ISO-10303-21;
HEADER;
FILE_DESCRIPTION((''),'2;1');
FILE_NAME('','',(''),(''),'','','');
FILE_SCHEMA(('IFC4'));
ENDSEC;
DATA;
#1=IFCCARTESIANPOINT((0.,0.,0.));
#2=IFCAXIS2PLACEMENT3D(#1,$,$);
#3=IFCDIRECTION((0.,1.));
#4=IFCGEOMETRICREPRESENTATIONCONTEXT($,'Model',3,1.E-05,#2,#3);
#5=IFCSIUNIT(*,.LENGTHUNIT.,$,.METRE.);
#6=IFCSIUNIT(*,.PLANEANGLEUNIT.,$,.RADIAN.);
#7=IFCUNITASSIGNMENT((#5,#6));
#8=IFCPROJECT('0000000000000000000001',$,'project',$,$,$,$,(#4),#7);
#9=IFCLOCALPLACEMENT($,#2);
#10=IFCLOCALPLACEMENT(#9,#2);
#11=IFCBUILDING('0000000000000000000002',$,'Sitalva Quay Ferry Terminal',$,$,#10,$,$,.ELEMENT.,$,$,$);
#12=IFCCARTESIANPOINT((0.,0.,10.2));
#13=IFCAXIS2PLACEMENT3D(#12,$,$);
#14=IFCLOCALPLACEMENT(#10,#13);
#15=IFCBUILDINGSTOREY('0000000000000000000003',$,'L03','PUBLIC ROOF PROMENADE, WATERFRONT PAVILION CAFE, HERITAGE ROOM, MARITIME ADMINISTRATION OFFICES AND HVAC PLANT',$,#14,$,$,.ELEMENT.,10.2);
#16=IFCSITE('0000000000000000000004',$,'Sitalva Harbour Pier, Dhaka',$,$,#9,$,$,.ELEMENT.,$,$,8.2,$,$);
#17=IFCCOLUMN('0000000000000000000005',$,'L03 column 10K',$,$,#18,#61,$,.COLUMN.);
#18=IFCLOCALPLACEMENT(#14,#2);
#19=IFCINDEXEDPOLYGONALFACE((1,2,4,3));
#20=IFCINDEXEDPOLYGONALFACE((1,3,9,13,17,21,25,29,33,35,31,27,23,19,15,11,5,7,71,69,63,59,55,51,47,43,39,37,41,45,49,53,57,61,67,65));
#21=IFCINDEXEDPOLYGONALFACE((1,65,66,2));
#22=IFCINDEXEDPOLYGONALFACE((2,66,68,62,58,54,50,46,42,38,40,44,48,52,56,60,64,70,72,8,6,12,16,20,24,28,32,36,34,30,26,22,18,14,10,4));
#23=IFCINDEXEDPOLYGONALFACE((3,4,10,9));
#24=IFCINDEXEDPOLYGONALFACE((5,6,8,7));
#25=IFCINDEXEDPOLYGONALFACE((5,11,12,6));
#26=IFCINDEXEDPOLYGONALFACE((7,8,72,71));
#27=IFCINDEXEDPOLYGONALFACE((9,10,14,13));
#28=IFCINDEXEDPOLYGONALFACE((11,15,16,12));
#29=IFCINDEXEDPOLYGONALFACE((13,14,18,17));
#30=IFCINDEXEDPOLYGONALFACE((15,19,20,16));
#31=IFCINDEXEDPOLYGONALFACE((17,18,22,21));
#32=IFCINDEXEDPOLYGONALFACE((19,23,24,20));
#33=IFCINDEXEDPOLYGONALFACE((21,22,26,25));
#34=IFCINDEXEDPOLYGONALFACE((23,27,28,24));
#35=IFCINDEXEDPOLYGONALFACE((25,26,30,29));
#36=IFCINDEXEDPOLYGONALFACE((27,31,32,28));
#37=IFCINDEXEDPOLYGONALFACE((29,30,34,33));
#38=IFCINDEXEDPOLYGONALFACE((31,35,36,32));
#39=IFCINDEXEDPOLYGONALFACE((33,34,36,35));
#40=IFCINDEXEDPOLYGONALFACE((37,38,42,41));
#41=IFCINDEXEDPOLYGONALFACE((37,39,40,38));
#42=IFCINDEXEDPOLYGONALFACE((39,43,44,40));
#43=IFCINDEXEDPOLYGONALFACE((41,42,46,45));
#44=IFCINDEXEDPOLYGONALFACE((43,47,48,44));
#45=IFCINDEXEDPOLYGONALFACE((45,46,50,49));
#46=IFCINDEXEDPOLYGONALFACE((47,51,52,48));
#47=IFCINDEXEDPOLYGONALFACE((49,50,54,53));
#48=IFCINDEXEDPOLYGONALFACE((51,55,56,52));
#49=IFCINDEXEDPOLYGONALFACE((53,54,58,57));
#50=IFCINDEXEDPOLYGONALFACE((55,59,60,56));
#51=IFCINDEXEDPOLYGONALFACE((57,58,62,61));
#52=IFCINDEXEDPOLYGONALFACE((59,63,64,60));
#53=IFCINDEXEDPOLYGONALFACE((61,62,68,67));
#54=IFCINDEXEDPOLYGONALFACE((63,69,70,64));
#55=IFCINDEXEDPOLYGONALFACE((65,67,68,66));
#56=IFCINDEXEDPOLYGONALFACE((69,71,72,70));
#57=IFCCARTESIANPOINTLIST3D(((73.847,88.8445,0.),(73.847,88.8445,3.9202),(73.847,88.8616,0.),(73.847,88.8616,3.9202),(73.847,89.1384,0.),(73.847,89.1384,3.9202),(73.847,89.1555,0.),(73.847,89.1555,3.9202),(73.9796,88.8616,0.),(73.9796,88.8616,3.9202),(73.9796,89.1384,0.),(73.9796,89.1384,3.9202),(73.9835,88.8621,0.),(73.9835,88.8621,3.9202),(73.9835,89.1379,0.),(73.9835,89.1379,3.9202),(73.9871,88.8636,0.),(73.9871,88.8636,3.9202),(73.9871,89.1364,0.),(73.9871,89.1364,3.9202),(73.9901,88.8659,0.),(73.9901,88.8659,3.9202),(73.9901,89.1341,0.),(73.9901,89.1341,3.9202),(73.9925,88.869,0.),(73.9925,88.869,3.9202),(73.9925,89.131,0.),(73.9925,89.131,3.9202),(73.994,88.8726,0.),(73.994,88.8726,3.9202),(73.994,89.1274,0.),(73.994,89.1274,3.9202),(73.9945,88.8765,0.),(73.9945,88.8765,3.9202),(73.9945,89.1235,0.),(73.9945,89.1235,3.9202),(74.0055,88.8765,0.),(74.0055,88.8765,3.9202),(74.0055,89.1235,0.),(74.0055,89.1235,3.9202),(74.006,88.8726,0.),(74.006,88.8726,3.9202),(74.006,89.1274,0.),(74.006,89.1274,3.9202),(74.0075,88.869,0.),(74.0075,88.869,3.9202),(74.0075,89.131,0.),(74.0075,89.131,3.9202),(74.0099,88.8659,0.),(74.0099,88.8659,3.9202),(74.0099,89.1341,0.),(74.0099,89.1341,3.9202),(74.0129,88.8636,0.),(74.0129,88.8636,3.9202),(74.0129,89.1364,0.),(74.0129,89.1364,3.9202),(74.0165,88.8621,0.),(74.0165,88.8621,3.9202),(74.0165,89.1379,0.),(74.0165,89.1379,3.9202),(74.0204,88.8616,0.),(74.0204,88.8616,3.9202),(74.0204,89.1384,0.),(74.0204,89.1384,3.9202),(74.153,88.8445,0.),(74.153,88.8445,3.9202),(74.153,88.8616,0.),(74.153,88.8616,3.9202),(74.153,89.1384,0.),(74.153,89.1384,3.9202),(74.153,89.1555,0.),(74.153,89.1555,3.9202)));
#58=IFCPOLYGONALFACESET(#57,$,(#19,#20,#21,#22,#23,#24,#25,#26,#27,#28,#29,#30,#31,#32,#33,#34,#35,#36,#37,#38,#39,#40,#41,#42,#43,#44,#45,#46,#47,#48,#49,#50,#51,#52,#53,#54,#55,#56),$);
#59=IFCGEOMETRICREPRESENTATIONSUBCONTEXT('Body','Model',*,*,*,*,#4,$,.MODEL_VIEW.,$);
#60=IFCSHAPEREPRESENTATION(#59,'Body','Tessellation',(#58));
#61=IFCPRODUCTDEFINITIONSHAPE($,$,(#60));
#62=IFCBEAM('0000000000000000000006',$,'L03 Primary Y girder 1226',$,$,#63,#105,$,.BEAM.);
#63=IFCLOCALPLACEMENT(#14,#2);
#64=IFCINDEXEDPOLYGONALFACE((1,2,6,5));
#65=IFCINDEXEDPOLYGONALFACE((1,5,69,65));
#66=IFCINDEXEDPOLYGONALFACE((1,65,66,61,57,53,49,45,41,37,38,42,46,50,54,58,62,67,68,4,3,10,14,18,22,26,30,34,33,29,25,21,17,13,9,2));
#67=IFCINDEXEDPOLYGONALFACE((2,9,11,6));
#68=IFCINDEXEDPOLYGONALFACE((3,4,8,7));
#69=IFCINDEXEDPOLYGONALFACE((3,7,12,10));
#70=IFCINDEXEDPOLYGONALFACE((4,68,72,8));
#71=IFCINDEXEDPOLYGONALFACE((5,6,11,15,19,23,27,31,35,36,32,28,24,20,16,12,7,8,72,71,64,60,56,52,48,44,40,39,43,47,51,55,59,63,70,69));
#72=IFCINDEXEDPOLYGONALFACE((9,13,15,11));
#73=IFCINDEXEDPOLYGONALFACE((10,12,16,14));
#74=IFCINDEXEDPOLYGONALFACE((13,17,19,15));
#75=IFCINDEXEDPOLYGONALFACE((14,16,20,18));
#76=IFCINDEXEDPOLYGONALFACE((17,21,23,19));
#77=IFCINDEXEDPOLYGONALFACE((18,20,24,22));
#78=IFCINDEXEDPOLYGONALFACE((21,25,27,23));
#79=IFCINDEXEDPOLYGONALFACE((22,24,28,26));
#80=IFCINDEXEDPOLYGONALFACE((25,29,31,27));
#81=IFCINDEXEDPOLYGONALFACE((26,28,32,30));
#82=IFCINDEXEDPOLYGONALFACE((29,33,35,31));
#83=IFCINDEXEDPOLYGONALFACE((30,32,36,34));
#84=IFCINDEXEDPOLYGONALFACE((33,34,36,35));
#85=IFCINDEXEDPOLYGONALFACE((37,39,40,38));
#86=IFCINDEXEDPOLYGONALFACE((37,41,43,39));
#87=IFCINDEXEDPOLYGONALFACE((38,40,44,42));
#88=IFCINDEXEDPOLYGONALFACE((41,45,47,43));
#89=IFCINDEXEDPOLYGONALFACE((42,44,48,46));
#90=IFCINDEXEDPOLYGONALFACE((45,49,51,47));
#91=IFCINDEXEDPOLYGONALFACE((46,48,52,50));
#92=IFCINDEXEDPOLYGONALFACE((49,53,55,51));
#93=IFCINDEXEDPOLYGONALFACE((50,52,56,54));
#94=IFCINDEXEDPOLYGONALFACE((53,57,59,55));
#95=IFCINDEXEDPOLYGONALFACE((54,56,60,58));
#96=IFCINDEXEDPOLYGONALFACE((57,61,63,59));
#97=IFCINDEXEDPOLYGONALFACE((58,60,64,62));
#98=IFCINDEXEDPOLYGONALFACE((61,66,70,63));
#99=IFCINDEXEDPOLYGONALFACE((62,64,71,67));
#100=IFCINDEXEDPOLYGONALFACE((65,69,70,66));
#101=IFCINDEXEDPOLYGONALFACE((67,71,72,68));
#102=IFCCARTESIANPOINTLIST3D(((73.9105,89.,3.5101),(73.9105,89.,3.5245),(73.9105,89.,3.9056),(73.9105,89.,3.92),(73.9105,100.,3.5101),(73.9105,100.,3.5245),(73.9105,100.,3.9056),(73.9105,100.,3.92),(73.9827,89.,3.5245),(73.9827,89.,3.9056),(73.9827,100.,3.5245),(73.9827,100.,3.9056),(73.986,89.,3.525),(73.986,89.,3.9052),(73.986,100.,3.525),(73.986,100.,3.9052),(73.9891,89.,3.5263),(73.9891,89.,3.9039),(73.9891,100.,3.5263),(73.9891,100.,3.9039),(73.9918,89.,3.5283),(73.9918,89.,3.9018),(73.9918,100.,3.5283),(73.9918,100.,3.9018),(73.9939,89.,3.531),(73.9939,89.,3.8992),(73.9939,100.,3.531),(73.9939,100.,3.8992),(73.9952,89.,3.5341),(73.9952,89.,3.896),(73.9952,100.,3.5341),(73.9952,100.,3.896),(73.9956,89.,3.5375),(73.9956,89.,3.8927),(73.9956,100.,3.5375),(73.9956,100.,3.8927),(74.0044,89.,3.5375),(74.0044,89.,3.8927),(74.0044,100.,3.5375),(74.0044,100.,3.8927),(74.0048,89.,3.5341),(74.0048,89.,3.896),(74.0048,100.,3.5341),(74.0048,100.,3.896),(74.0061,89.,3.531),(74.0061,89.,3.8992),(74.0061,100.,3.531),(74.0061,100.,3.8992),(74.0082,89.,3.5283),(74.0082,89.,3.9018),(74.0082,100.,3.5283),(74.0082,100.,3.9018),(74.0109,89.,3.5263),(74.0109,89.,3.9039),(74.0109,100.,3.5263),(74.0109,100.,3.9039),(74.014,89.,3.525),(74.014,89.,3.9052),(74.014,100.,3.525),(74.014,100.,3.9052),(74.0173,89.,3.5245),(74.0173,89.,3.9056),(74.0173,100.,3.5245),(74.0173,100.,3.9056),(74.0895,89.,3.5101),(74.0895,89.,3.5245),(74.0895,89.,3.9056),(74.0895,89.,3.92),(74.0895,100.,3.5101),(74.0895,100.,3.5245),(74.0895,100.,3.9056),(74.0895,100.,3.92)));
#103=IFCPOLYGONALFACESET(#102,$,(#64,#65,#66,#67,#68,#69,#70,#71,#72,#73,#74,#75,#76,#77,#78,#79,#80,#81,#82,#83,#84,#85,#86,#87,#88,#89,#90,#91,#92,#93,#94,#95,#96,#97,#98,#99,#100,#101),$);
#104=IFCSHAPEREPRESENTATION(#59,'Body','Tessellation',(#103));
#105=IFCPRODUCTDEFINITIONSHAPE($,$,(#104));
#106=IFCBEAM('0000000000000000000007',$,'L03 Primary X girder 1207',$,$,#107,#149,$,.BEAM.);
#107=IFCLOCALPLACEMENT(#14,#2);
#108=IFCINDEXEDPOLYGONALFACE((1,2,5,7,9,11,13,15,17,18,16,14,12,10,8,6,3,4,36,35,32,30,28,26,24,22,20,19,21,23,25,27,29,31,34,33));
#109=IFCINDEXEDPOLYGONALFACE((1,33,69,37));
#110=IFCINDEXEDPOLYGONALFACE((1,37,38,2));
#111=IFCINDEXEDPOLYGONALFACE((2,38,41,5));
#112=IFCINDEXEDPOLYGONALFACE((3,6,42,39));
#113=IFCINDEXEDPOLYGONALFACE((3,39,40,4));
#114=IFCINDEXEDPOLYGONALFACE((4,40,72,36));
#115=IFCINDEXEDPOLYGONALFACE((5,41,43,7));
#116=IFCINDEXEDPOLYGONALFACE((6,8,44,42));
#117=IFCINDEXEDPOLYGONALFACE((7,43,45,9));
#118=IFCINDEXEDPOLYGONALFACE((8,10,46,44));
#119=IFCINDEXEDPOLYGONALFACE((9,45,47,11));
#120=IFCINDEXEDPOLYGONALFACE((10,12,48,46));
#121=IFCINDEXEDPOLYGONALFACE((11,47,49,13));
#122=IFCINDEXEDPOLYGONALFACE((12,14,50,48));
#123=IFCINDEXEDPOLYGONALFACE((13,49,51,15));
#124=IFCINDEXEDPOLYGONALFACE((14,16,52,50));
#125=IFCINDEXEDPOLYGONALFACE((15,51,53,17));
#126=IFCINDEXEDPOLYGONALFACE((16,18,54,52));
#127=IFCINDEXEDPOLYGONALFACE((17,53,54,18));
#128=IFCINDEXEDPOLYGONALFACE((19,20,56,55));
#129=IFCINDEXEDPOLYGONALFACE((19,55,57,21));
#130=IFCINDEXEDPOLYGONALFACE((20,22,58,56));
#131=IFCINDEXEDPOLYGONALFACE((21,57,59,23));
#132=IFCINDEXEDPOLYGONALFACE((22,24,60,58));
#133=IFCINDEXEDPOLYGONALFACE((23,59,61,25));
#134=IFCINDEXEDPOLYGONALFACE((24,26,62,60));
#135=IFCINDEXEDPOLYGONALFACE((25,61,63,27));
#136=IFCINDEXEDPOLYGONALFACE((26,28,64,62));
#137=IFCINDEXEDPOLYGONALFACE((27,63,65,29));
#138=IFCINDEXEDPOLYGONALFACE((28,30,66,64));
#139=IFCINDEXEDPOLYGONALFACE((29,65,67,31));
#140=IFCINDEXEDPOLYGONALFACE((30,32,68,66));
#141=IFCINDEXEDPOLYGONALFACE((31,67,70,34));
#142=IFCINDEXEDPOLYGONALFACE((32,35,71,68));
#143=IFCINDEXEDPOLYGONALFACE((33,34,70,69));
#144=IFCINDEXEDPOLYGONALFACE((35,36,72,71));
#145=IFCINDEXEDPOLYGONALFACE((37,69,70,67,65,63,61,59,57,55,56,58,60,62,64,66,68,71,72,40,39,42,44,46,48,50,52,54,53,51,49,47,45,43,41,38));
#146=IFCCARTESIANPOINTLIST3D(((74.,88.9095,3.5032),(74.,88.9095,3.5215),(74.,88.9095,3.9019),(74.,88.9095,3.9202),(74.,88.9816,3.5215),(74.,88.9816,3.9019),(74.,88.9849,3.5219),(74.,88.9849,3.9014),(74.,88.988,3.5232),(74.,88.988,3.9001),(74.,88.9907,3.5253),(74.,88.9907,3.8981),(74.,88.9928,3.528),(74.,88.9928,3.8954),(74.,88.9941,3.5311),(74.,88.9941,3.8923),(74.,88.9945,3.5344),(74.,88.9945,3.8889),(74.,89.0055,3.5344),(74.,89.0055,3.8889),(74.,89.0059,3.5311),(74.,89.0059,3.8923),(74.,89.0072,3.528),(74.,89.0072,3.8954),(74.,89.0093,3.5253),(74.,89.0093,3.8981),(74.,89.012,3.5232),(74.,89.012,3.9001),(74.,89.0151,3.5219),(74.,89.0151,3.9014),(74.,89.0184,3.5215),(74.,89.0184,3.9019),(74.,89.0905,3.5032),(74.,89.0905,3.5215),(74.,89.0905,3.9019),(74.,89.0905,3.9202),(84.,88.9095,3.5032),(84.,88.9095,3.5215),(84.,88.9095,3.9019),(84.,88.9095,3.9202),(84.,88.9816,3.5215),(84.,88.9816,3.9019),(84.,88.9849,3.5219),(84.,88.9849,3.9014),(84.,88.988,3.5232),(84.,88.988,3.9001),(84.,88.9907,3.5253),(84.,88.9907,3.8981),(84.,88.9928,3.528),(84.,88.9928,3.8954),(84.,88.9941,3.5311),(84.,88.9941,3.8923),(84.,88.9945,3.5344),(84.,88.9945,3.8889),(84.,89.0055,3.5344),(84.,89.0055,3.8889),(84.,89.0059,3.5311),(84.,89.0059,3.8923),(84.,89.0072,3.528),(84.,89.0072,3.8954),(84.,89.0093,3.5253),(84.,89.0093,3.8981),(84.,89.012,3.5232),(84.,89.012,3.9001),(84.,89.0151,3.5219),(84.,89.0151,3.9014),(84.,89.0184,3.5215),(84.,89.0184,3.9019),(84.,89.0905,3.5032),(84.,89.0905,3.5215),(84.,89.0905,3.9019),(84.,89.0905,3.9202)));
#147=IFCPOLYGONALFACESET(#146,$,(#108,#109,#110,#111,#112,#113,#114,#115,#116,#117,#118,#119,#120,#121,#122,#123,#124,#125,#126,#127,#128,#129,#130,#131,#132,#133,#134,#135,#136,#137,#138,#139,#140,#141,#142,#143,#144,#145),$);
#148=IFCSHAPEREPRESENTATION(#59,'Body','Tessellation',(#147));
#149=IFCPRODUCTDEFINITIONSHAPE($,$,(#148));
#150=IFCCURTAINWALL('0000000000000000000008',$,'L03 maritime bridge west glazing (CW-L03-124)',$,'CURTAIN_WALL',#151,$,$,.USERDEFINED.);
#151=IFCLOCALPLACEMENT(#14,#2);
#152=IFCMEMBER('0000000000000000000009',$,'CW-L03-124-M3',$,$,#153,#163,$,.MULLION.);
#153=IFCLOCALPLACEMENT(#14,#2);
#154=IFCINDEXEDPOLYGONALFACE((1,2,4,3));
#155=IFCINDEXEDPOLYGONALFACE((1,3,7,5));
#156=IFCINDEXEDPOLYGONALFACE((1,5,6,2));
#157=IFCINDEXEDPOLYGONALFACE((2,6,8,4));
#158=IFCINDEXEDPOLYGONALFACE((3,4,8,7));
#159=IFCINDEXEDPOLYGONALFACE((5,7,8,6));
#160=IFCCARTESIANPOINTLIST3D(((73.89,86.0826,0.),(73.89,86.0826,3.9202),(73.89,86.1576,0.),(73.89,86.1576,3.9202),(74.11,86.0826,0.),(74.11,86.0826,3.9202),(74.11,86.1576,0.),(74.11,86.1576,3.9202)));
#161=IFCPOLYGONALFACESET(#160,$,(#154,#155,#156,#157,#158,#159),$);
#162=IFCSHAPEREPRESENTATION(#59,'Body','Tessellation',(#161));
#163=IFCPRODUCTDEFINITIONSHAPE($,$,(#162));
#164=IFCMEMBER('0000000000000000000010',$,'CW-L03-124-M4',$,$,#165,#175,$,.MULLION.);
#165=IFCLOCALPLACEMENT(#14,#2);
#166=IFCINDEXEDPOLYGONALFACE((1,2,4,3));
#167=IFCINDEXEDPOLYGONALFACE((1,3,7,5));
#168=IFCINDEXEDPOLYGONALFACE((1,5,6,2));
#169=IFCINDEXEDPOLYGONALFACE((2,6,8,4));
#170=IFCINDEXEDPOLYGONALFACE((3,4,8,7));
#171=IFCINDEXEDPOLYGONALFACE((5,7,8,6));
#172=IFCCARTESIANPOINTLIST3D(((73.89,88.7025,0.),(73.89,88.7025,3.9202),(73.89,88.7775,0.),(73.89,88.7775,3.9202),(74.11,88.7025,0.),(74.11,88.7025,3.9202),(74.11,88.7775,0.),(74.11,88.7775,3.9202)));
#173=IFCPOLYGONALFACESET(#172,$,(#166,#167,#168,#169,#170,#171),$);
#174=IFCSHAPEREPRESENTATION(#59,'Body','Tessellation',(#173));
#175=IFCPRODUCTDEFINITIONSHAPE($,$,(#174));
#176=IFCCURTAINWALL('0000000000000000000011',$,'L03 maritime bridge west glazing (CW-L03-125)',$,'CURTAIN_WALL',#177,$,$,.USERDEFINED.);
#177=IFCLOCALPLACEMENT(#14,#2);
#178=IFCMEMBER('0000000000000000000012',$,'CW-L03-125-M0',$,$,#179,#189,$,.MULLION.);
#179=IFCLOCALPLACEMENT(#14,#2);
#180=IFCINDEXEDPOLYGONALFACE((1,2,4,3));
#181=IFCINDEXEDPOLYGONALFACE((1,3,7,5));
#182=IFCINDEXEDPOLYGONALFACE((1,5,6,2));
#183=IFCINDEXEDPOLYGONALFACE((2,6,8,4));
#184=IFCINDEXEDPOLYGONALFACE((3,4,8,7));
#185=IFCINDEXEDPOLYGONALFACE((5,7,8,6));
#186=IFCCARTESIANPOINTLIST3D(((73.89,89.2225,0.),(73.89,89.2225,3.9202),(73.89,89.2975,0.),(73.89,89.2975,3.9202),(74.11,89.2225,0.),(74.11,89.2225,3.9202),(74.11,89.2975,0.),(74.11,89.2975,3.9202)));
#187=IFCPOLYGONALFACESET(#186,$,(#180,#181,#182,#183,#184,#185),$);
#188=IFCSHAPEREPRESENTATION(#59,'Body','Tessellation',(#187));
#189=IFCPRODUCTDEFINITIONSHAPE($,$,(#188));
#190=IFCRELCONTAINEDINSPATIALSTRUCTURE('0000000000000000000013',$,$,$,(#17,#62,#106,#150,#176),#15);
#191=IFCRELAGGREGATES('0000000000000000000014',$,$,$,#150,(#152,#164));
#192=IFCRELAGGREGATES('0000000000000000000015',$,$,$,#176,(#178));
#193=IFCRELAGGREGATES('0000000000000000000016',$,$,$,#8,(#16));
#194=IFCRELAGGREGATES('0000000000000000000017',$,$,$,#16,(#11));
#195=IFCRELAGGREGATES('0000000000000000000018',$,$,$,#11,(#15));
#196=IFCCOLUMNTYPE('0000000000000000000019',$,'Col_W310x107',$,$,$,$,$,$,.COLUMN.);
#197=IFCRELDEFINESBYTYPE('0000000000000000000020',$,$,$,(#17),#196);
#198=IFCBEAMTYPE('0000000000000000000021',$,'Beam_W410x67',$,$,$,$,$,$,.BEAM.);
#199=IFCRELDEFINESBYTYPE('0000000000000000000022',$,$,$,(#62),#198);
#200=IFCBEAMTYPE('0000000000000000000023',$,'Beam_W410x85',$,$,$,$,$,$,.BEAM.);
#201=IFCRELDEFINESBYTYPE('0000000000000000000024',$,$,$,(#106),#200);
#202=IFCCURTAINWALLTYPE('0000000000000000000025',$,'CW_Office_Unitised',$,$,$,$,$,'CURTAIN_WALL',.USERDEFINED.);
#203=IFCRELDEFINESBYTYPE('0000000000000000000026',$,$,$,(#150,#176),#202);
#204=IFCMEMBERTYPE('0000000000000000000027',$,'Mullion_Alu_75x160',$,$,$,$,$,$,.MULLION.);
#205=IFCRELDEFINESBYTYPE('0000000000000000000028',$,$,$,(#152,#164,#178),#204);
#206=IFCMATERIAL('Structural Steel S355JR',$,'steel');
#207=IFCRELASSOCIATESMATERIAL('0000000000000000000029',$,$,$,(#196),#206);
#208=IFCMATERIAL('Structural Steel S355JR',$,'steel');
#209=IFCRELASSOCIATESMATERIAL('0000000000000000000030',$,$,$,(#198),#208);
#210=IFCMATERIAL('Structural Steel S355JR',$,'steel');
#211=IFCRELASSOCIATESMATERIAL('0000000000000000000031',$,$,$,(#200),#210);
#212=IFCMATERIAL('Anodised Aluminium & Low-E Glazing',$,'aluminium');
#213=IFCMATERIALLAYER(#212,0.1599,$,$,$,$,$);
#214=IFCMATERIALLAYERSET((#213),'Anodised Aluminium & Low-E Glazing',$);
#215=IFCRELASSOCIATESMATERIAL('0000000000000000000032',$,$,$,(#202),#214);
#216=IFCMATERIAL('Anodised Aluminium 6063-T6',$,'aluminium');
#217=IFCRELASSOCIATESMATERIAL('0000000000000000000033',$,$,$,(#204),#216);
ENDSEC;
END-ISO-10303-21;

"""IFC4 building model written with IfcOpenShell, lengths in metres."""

from ifc_helpers import new_model, si_unit, direction, frame, origin, origin_2d, place, context, subcontext, project, spatial, rectangle, i_section, extrude, material, layer, layer_set, material_profile, profile_set, type_object, element, aggregate, save


model = new_model("IFC4")

# Units and contexts
model_context = context("Model", 3, precision=1e-05, world=origin(), true_north=direction((0.0, 1.0)))
body_context = subcontext(model_context, "Body", "Model", "MODEL_VIEW")
ifc_project = project(units=[si_unit("LENGTHUNIT", "METRE"), si_unit("PLANEANGLEUNIT", "RADIAN")], contexts=[model_context])

# Site, building, storey
site_placement = place(None, origin())
site = spatial("IfcSite", under=ifc_project, at=site_placement, Name="Sitalva Harbour Pier, Dhaka", CompositionType="ELEMENT", RefElevation=8.2)
building_placement = place(site_placement, origin())
building = spatial("IfcBuilding", under=site, at=building_placement, Name="Sitalva Quay Ferry Terminal", CompositionType="ELEMENT")
storey_placement = place(building_placement, frame((0.0, 0.0, 10.2)))
storey = spatial("IfcBuildingStorey", under=building, at=storey_placement, Name="L03", Description="PUBLIC ROOF PROMENADE, WATERFRONT PAVILION CAFE, HERITAGE ROOM, MARITIME ADMINISTRATION OFFICES AND HVAC PLANT", CompositionType="ELEMENT", Elevation=10.2)

# Column
ifc_material_1 = material(Name="Structural Steel S355JR", Category="steel")
ifc_material_profile_1 = material_profile(ifc_material_1, i_section(OverallWidth=0.3059, OverallDepth=0.311, WebThickness=0.011, FlangeThickness=0.0171, FilletRadius=0.0149, at=origin_2d()), Name="W310x107")
ifc_profile_set_1 = profile_set([ifc_material_profile_1], Name="Structural Steel S355JR")
column_type = type_object("IfcColumnType", Name="Col_W310x107", PredefinedType="COLUMN", material=ifc_profile_set_1)
column_placement = place(storey_placement, frame((74.0, 89.0, 0.0), z_axis=(0.0, 0.0, 1.0), x_axis=(1.0, 0.0, 0.0)))
element("IfcColumn", 1, at=column_placement, inside=storey, type_object=column_type, Name="L03 column 10K", PredefinedType="COLUMN", context=body_context, shape_type="SweptSolid", body=[
    extrude(i_section(OverallWidth=0.3059, OverallDepth=0.311, WebThickness=0.011, FlangeThickness=0.0171, FilletRadius=0.0149, at=origin_2d()), origin(), (0.0, 0.0, 1.0), 3.9202),
])

# Beams
ifc_material_2 = material(Name="Structural Steel S355JR", Category="steel")
ifc_material_profile_2 = material_profile(ifc_material_2, i_section(OverallWidth=0.179, OverallDepth=0.4099, WebThickness=0.0088, FlangeThickness=0.0144, FilletRadius=0.0129, at=origin_2d()), Name="W410x67")
ifc_profile_set_2 = profile_set([ifc_material_profile_2], Name="Structural Steel S355JR")
beam_type_1 = type_object("IfcBeamType", Name="Beam_W410x67", PredefinedType="BEAM", material=ifc_profile_set_2)
beam_1_placement = place(storey_placement, frame((74.0, 89.0, 3.7151), z_axis=(0.0, 1.0, 0.0), x_axis=(-1.0, 0.0, 0.0)))
element("IfcBeam", 2, at=beam_1_placement, inside=storey, type_object=beam_type_1, Name="L03 Primary Y girder 1226", PredefinedType="BEAM", context=body_context, shape_type="SweptSolid", body=[
    extrude(i_section(OverallWidth=0.179, OverallDepth=0.4099, WebThickness=0.0088, FlangeThickness=0.0144, FilletRadius=0.0129, at=origin_2d()), origin(), (0.0, 0.0, 1.0), 11.0),
])
ifc_material_3 = material(Name="Structural Steel S355JR", Category="steel")
ifc_material_profile_3 = material_profile(ifc_material_3, i_section(OverallWidth=0.1809, OverallDepth=0.417, WebThickness=0.011, FlangeThickness=0.0183, FilletRadius=0.0129, at=origin_2d()), Name="W410x85")
ifc_profile_set_3 = profile_set([ifc_material_profile_3], Name="Structural Steel S355JR")
beam_type_2 = type_object("IfcBeamType", Name="Beam_W410x85", PredefinedType="BEAM", material=ifc_profile_set_3)
beam_2_placement = place(storey_placement, frame((74.0, 89.0, 3.7117), z_axis=(1.0, 0.0, 0.0), x_axis=(0.0, 1.0, 0.0)))
element("IfcBeam", 3, at=beam_2_placement, inside=storey, type_object=beam_type_2, Name="L03 Primary X girder 1207", PredefinedType="BEAM", context=body_context, shape_type="SweptSolid", body=[
    extrude(i_section(OverallWidth=0.1809, OverallDepth=0.417, WebThickness=0.011, FlangeThickness=0.0183, FilletRadius=0.0129, at=origin_2d()), origin(), (0.0, 0.0, 1.0), 10.0),
])

# Curtain wall, members
ifc_material_4 = material(Name="Anodised Aluminium & Low-E Glazing", Category="aluminium")
ifc_layer_1 = layer(ifc_material_4, 0.1599)
ifc_layer_set_1 = layer_set([ifc_layer_1], Name="Anodised Aluminium & Low-E Glazing")
curtain_wall_type = type_object("IfcCurtainWallType", Name="CW_Office_Unitised", ElementType="CURTAIN_WALL", PredefinedType="USERDEFINED", material=ifc_layer_set_1)
curtain_wall_1_placement = place(storey_placement, origin())
curtain_wall_1 = element("IfcCurtainWall", 4, at=curtain_wall_1_placement, inside=storey, type_object=curtain_wall_type, Name="L03 maritime bridge west glazing (CW-L03-124)", ObjectType="CURTAIN_WALL", PredefinedType="USERDEFINED")
ifc_material_5 = material(Name="Anodised Aluminium 6063-T6", Category="aluminium")
ifc_material_profile_4 = material_profile(ifc_material_5, rectangle(XDim=0.075, YDim=0.22, at=origin_2d()), Name="ALU75x220")
ifc_profile_set_4 = profile_set([ifc_material_profile_4], Name="Anodised Aluminium 6063-T6")
member_type_1 = type_object("IfcMemberType", Name="Mullion_Alu_75x160", PredefinedType="MULLION", material=ifc_profile_set_4)
member_1_placement = place(storey_placement, frame((74.0, 86.1201, 0.0), z_axis=(0.0, 0.0, 1.0), x_axis=(0.0, 1.0, 0.0)))
member_1 = element("IfcMember", 5, at=member_1_placement, type_object=member_type_1, Name="CW-L03-124-M3", PredefinedType="MULLION", context=body_context, shape_type="SweptSolid", body=[
    extrude(rectangle(XDim=0.075, YDim=0.22, at=origin_2d()), origin(), (0.0, 0.0, 1.0), 3.9202),
])
member_2_placement = place(storey_placement, frame((74.0, 88.74, 0.0), z_axis=(0.0, 0.0, 1.0), x_axis=(0.0, 1.0, 0.0)))
member_2 = element("IfcMember", 6, at=member_2_placement, type_object=member_type_1, Name="CW-L03-124-M4", PredefinedType="MULLION", context=body_context, shape_type="SweptSolid", body=[
    extrude(rectangle(XDim=0.075, YDim=0.22, at=origin_2d()), origin(), (0.0, 0.0, 1.0), 3.9202),
])

# Curtain wall, member
curtain_wall_2_placement = place(storey_placement, origin())
curtain_wall_2 = element("IfcCurtainWall", 7, at=curtain_wall_2_placement, inside=storey, type_object=curtain_wall_type, Name="L03 maritime bridge west glazing (CW-L03-125)", ObjectType="CURTAIN_WALL", PredefinedType="USERDEFINED")
member_3_placement = place(storey_placement, frame((74.0, 89.26, 0.0), z_axis=(0.0, 0.0, 1.0), x_axis=(0.0, 1.0, 0.0)))
member_3 = element("IfcMember", 8, at=member_3_placement, type_object=member_type_1, Name="CW-L03-125-M0", PredefinedType="MULLION", context=body_context, shape_type="SweptSolid", body=[
    extrude(rectangle(XDim=0.075, YDim=0.22, at=origin_2d()), origin(), (0.0, 0.0, 1.0), 3.9202),
])

aggregate(curtain_wall_1, [member_1, member_2])
aggregate(curtain_wall_2, [member_3])

save(model, "model.ifc")
